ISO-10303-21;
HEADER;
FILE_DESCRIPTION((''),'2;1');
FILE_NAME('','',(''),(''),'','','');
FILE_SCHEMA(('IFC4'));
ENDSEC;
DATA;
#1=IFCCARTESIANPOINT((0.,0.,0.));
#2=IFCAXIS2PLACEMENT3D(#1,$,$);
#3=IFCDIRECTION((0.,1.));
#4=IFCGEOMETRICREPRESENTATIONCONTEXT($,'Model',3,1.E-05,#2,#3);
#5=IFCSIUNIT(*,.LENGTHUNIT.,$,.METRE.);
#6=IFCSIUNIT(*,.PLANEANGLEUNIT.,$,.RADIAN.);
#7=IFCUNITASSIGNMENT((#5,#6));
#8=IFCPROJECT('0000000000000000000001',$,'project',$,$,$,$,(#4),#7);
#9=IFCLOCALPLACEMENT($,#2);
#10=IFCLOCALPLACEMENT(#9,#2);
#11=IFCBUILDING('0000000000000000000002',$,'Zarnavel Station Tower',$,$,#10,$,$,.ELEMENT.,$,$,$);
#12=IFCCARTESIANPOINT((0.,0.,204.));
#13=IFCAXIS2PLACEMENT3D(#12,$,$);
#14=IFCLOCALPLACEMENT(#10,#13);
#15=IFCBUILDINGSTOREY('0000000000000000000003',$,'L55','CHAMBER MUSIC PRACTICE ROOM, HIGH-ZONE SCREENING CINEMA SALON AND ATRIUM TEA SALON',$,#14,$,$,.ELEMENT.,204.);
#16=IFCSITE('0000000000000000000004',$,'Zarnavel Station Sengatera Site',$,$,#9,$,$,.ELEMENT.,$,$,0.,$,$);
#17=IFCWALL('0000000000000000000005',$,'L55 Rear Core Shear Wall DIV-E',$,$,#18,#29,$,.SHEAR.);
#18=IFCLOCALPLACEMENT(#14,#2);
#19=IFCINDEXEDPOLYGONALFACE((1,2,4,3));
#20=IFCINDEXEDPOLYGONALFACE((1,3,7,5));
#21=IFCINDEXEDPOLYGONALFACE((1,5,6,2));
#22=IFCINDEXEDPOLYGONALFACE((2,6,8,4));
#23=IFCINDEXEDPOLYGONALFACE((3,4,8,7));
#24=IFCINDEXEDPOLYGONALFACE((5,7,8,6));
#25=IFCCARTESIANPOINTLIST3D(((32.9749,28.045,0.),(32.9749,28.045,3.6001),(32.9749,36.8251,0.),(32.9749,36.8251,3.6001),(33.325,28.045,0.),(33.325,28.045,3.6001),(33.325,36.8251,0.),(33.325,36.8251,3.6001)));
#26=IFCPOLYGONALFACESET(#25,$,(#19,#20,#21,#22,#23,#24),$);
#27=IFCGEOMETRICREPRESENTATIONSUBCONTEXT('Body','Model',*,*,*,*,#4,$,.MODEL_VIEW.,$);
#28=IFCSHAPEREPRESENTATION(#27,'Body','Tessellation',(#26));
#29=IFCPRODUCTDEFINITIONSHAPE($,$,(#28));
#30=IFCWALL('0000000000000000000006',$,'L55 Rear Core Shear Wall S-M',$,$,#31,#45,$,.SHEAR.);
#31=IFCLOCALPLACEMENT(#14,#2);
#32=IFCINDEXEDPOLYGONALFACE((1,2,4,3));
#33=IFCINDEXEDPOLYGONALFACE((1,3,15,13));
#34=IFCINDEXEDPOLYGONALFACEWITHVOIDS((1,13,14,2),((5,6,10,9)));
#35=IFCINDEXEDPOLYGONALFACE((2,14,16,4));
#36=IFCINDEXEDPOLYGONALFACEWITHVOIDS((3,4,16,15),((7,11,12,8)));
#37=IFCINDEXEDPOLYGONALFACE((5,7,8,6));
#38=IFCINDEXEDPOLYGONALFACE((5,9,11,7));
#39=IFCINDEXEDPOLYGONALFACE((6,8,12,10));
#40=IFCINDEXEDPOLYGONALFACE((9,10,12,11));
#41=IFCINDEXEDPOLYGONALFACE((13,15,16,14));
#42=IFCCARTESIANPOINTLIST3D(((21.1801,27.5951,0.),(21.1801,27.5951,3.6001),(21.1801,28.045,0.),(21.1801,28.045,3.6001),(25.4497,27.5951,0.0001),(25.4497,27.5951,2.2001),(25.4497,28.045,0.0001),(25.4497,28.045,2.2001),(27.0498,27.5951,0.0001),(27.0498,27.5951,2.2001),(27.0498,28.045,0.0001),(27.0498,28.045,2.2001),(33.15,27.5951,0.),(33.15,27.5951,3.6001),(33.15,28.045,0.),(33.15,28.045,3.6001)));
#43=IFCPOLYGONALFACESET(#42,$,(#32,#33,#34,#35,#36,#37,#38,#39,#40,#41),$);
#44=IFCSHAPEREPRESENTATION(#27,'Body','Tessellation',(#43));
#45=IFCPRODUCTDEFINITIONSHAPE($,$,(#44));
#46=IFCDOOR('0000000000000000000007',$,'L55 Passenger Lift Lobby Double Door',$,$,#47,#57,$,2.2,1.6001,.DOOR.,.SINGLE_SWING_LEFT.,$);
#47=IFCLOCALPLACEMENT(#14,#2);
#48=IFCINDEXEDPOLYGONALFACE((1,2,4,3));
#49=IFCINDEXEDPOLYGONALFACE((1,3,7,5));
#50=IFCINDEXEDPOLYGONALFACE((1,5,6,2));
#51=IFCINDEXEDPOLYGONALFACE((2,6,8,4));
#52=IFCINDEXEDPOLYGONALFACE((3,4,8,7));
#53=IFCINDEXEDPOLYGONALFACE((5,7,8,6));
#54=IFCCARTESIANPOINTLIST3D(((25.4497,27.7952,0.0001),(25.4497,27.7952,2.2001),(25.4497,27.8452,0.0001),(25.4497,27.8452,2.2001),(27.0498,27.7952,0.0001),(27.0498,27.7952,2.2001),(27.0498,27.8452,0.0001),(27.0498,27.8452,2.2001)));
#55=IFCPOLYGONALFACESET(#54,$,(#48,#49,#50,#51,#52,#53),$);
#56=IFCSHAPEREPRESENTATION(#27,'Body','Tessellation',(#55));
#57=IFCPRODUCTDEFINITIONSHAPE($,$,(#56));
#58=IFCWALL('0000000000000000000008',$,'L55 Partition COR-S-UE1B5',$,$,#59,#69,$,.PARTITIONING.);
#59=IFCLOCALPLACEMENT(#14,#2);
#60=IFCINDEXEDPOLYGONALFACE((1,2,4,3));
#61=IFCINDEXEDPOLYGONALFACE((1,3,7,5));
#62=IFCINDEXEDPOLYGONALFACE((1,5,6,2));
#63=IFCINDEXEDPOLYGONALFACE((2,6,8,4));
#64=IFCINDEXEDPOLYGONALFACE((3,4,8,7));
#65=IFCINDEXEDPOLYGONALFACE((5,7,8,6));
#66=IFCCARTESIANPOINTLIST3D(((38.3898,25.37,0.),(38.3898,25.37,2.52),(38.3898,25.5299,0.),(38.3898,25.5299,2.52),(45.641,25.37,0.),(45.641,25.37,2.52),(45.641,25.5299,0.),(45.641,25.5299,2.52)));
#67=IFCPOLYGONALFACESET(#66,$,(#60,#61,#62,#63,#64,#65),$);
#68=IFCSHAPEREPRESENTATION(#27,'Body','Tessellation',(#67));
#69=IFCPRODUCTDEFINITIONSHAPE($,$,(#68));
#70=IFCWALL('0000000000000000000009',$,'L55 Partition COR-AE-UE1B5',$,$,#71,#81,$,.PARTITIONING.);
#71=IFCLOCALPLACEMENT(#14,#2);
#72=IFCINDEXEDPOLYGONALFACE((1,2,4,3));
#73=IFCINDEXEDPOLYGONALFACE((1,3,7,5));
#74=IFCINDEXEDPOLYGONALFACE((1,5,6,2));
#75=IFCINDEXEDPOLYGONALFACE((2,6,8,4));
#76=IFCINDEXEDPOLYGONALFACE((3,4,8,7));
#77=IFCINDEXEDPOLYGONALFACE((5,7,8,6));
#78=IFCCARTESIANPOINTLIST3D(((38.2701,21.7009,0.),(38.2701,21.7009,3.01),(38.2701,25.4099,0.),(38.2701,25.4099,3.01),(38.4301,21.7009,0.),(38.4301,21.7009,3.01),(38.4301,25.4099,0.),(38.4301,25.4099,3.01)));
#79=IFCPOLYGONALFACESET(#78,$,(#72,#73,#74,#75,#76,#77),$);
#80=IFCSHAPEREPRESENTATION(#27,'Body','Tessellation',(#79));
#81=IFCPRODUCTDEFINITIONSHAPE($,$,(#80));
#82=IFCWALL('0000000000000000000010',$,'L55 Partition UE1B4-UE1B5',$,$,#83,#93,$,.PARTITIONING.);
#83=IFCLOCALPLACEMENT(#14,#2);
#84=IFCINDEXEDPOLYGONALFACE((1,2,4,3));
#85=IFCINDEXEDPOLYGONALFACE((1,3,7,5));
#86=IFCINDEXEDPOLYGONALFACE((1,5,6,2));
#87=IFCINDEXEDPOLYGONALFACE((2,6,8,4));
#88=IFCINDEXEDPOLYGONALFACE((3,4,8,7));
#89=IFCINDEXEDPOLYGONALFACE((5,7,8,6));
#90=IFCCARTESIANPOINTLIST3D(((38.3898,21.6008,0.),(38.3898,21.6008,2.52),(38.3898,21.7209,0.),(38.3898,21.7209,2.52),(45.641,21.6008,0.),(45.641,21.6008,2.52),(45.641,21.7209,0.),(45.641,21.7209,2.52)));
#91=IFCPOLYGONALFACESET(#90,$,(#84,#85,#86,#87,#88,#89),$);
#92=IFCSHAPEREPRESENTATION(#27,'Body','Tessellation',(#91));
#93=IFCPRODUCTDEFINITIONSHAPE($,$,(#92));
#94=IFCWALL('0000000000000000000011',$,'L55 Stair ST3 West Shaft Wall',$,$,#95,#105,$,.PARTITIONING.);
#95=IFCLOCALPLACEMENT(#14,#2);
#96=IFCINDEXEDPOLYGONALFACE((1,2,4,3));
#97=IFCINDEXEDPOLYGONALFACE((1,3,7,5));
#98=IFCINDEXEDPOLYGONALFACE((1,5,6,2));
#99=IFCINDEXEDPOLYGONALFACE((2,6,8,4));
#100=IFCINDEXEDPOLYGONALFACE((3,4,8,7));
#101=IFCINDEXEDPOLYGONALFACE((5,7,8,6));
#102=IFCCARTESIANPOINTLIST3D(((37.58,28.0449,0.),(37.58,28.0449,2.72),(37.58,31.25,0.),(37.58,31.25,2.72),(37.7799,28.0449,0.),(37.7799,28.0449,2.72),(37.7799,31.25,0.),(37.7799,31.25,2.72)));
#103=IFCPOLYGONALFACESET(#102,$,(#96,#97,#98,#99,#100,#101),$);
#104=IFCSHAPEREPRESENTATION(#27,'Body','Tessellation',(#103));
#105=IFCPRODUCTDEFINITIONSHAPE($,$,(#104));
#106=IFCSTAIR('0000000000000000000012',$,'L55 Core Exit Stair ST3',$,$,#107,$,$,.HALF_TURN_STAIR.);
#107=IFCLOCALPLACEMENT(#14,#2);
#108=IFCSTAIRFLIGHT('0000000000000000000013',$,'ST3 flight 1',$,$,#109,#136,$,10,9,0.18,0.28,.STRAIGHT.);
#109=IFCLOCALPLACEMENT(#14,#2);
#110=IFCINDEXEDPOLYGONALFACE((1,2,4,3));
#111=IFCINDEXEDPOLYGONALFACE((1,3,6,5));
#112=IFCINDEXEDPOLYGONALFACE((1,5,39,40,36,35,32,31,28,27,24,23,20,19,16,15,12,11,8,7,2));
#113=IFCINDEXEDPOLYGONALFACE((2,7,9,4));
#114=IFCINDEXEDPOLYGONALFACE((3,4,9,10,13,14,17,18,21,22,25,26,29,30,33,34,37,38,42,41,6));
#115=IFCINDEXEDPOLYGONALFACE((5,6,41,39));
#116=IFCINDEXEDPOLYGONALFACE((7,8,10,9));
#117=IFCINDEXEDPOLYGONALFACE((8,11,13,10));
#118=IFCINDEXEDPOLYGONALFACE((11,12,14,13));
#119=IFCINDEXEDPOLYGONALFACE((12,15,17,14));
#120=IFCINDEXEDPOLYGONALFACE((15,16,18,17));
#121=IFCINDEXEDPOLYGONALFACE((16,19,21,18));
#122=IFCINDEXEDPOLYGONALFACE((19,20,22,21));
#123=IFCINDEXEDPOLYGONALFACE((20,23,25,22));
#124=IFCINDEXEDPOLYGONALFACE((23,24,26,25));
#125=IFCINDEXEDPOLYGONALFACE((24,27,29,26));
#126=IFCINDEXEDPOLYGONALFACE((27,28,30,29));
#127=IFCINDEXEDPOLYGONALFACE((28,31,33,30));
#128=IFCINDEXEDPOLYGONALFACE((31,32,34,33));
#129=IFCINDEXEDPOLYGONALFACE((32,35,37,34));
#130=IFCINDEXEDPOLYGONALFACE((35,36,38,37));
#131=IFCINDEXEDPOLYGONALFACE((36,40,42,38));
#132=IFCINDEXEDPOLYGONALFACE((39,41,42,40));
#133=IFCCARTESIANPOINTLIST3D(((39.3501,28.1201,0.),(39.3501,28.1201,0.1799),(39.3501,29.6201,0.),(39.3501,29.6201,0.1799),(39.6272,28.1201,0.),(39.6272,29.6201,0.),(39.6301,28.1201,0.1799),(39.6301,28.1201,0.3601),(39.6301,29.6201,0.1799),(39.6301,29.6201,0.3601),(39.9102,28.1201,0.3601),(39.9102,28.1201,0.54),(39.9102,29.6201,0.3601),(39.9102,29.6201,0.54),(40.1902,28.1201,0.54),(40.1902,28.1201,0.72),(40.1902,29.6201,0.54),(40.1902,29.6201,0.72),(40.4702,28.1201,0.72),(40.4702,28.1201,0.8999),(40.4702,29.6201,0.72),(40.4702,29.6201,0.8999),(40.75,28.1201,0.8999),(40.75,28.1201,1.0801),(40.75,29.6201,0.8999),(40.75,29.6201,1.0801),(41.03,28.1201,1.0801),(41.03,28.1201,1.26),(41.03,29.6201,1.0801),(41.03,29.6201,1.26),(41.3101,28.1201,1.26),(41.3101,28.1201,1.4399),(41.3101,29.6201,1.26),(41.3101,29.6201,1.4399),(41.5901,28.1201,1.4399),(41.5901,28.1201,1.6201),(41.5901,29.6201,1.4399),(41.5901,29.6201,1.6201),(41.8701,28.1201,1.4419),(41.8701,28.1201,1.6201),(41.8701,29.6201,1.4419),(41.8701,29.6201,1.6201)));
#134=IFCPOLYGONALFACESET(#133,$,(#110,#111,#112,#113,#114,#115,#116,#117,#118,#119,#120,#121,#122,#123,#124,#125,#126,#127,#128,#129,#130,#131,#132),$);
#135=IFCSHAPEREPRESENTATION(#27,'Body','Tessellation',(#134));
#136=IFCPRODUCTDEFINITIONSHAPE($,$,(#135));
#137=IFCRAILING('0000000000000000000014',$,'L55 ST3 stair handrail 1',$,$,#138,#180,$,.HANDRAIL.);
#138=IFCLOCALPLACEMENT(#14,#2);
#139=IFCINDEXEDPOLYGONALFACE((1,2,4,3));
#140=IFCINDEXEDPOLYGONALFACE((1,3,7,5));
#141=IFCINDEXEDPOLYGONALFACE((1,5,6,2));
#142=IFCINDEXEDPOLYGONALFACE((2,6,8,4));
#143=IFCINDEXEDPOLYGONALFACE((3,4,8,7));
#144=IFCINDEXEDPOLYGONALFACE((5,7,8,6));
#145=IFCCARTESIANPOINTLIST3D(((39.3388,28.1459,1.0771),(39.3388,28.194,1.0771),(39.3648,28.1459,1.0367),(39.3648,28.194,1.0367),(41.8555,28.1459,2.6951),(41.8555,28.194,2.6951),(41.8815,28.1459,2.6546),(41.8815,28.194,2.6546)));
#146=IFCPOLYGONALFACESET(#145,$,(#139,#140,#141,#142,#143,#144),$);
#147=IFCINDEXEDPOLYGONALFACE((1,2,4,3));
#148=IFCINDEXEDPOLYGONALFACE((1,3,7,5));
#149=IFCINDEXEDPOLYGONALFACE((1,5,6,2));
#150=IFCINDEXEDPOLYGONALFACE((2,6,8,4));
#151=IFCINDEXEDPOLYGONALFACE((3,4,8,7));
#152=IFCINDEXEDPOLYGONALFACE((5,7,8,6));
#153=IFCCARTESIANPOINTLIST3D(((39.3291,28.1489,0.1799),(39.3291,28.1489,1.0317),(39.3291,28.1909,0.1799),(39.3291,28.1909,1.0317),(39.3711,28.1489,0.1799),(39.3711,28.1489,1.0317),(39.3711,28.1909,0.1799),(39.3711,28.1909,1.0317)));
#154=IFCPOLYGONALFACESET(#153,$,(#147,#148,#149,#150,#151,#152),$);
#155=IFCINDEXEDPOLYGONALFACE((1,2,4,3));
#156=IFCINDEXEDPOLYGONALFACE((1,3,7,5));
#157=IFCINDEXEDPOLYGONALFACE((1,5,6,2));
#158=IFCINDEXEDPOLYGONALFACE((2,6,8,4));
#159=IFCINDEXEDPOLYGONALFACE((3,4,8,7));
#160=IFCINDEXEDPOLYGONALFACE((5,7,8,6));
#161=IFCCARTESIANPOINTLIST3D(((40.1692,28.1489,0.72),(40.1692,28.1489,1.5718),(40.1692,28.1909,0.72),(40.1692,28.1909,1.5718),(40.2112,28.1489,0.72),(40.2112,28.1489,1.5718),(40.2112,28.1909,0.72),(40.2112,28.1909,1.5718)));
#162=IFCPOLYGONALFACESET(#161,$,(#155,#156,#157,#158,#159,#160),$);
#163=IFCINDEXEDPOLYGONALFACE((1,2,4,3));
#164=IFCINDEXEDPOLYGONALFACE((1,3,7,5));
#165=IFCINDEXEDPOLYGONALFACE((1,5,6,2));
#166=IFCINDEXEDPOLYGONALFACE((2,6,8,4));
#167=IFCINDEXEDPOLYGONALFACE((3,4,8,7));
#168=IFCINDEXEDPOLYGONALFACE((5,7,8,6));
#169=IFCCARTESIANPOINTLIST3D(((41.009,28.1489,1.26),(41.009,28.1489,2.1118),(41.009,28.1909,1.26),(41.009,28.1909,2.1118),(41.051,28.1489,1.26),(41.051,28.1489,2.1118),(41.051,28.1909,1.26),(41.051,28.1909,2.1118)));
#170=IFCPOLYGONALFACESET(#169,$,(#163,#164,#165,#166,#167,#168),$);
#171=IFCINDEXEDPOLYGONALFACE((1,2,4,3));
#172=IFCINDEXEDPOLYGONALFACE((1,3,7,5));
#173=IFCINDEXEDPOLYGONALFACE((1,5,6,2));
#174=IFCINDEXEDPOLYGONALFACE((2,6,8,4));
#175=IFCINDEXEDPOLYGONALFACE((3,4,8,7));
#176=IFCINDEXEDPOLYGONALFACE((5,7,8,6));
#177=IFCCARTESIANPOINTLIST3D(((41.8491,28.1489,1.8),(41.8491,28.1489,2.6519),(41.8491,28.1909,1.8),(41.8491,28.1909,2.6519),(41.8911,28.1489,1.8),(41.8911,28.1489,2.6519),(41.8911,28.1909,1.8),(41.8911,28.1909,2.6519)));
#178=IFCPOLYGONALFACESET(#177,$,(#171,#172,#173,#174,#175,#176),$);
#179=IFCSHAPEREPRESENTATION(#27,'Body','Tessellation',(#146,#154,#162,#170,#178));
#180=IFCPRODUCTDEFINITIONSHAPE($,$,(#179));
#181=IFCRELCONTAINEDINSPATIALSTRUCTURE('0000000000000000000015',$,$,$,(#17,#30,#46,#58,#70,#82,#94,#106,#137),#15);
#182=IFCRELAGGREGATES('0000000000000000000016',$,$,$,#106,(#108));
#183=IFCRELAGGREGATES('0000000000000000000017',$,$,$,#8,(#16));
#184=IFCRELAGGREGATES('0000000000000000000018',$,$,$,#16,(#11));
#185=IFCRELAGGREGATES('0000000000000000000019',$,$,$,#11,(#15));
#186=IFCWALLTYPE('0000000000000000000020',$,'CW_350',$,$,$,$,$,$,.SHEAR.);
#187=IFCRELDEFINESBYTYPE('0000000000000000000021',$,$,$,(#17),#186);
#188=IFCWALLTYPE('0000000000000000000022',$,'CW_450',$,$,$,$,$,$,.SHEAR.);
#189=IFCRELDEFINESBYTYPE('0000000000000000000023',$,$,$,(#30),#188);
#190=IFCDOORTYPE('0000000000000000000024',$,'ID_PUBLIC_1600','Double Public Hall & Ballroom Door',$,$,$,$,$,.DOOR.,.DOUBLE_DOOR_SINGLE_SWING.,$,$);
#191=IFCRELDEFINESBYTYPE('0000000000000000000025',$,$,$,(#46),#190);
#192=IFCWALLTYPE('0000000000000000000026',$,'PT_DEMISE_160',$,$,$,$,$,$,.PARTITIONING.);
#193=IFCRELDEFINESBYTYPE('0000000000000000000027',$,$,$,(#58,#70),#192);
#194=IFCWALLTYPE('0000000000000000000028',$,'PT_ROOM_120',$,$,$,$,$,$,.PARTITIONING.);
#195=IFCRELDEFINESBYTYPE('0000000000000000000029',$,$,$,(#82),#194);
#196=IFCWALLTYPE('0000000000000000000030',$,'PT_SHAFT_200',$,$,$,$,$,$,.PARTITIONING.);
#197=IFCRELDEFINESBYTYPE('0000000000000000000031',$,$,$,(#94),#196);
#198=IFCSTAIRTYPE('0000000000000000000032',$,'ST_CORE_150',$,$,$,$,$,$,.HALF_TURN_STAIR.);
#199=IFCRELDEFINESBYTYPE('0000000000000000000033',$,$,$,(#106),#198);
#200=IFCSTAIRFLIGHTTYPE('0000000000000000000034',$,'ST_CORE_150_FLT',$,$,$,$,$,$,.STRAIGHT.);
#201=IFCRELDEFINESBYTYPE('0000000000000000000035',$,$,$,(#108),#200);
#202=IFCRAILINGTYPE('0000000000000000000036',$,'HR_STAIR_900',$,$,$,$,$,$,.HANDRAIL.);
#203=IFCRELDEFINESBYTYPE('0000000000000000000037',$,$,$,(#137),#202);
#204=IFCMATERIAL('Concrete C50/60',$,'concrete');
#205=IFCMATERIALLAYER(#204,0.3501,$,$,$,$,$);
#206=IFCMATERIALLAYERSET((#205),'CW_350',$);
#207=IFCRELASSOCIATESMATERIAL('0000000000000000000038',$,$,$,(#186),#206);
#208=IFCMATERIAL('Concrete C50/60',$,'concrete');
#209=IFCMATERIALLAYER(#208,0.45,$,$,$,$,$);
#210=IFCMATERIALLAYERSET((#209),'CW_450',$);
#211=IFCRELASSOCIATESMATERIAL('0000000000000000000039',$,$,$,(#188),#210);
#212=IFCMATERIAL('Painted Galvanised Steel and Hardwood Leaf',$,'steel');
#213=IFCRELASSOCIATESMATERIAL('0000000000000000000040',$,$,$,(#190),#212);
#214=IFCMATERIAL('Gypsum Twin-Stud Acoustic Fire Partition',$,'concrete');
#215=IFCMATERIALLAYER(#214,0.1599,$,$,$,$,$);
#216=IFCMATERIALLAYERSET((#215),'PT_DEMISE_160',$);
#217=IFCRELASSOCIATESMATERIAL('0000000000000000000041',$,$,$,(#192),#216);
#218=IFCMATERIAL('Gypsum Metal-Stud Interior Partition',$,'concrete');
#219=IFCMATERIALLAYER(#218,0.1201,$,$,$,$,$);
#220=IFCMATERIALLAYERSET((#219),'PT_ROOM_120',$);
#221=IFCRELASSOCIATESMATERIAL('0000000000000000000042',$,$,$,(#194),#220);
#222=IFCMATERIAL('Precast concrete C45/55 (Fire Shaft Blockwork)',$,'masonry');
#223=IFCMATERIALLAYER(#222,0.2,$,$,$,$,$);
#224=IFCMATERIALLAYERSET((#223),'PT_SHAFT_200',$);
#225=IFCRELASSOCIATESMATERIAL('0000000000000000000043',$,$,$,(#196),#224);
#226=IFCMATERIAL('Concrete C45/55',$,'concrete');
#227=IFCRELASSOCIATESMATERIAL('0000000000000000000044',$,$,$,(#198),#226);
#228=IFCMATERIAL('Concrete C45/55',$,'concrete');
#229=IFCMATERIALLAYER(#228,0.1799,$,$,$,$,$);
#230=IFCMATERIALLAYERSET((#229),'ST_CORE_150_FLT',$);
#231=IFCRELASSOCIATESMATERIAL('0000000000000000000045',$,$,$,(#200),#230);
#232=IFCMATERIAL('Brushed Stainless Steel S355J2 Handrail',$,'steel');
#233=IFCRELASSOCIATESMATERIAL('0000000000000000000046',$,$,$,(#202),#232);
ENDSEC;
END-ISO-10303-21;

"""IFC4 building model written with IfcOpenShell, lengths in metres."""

from ifc_helpers import new_model, si_unit, direction, frame, frame_2d, origin, origin_2d, place, context, subcontext, project, spatial, polyline, rectangle, outline, extrude, material, layer, layer_set, type_object, element, fill, aggregate, save


model = new_model("IFC4")

# Units and contexts
model_context = context("Model", 3, precision=1e-05, world=origin(), true_north=direction((0.0, 1.0)))
body_context = subcontext(model_context, "Body", "Model", "MODEL_VIEW")
ifc_project = project(units=[si_unit("LENGTHUNIT", "METRE"), si_unit("PLANEANGLEUNIT", "RADIAN")], contexts=[model_context])

# Site, building, storey
site_placement = place(None, origin())
site = spatial("IfcSite", under=ifc_project, at=site_placement, Name="Zarnavel Station Sengatera Site", CompositionType="ELEMENT", RefElevation=0.0)
building_placement = place(site_placement, origin())
building = spatial("IfcBuilding", under=site, at=building_placement, Name="Zarnavel Station Tower", CompositionType="ELEMENT")
storey_placement = place(building_placement, frame((0.0, 0.0, 204.0)))
storey = spatial("IfcBuildingStorey", under=building, at=storey_placement, Name="L55", Description="CHAMBER MUSIC PRACTICE ROOM, HIGH-ZONE SCREENING CINEMA SALON AND ATRIUM TEA SALON", CompositionType="ELEMENT", Elevation=204.0)

# Wall
ifc_material_1 = material(Name="Concrete C50/60", Category="concrete")
ifc_layer_1 = layer(ifc_material_1, 0.3501)
ifc_layer_set_1 = layer_set([ifc_layer_1], Name="CW_350")
wall_type_1 = type_object("IfcWallType", Name="CW_350", PredefinedType="SHEAR", material=ifc_layer_set_1)
wall_1_placement = place(storey_placement, frame((33.1499, 28.0449, 0.0), z_axis=(0.0, 0.0, 1.0), x_axis=(0.0, 1.0, 0.0)))
element("IfcWall", 1, at=wall_1_placement, inside=storey, type_object=wall_type_1, Name="L55 Rear Core Shear Wall DIV-E", PredefinedType="SHEAR", context=body_context, shape_type="SweptSolid", body=[
    extrude(rectangle(XDim=8.78, YDim=0.3501, at=frame_2d((4.3901, 0.0))), origin(), (0.0, 0.0, 1.0), 3.6001),
])

# Wall, opening, door
ifc_material_2 = material(Name="Concrete C50/60", Category="concrete")
ifc_layer_2 = layer(ifc_material_2, 0.45)
ifc_layer_set_2 = layer_set([ifc_layer_2], Name="CW_450")
wall_type_2 = type_object("IfcWallType", Name="CW_450", PredefinedType="SHEAR", material=ifc_layer_set_2)
wall_2_placement = place(storey_placement, frame((33.1499, 27.8201, 0.0), z_axis=(0.0, 0.0, 1.0), x_axis=(-1.0, 0.0, 0.0)))
wall_2 = element("IfcWall", 2, at=wall_2_placement, inside=storey, type_object=wall_type_2, Name="L55 Rear Core Shear Wall S-M", PredefinedType="SHEAR", context=body_context, shape_type="SweptSolid", body=[
    extrude(rectangle(XDim=11.97, YDim=0.45, at=frame_2d((5.9849, 0.0))), origin(), (0.0, 0.0, 1.0), 3.6001),
])
opening_1_placement = place(wall_2_placement, frame((6.1001, 0.0, 0.0)))
opening_1 = element("IfcOpeningElement", 3, at=opening_1_placement, cuts=wall_2, PredefinedType="OPENING", context=body_context, shape_type="SweptSolid", body=[
    extrude(rectangle(XDim=1.6001, YDim=2.2, at=frame_2d((0.8, 1.1001))), frame((0.0, 0.2349, 0.0), z_axis=(0.0, -1.0, 0.0), x_axis=(1.0, 0.0, 0.0)), (0.0, 0.0, 1.0), 0.47),
])
ifc_material_3 = material(Name="Painted Galvanised Steel and Hardwood Leaf", Category="steel")
door_type_1 = type_object("IfcDoorType", Name="ID_PUBLIC_1600", Description="Double Public Hall & Ballroom Door", OperationType="DOUBLE_DOOR_SINGLE_SWING", PredefinedType="DOOR", material=ifc_material_3)
door_1_placement = place(opening_1_placement, origin())
door_1 = element("IfcDoor", 4, at=door_1_placement, inside=storey, type_object=door_type_1, Name="L55 Passenger Lift Lobby Double Door", OperationType="SINGLE_SWING_LEFT", OverallHeight=2.2, OverallWidth=1.6001, PredefinedType="DOOR", context=body_context, shape_type="SweptSolid", body=[
    extrude(rectangle(XDim=1.6001, YDim=2.2, at=frame_2d((0.8, 1.1001))), frame((0.0, 0.0249, 0.0), z_axis=(0.0, -1.0, 0.0), x_axis=(1.0, 0.0, 0.0)), (0.0, 0.0, 1.0), 0.05),
])
fill(opening_1, door_1)

# Walls
ifc_material_4 = material(Name="Gypsum Twin-Stud Acoustic Fire Partition", Category="concrete")
ifc_layer_3 = layer(ifc_material_4, 0.1599)
ifc_layer_set_3 = layer_set([ifc_layer_3], Name="PT_DEMISE_160")
wall_type_3 = type_object("IfcWallType", Name="PT_DEMISE_160", PredefinedType="PARTITIONING", material=ifc_layer_set_3)
wall_3_placement = place(storey_placement, frame((38.3899, 25.45, 0.0), z_axis=(0.0, 0.0, 1.0), x_axis=(1.0, 0.0, 0.0)))
element("IfcWall", 5, at=wall_3_placement, inside=storey, type_object=wall_type_3, Name="L55 Partition COR-S-UE1B5", PredefinedType="PARTITIONING", context=body_context, shape_type="SweptSolid", body=[
    extrude(rectangle(XDim=7.2512, YDim=0.1599, at=frame_2d((3.6255, 0.0))), origin(), (0.0, 0.0, 1.0), 2.52),
])
wall_4_placement = place(storey_placement, frame((38.3501, 21.7009, 0.0), z_axis=(0.0, 0.0, 1.0), x_axis=(0.0, 1.0, 0.0)))
element("IfcWall", 6, at=wall_4_placement, inside=storey, type_object=wall_type_3, Name="L55 Partition COR-AE-UE1B5", PredefinedType="PARTITIONING", context=body_context, shape_type="SweptSolid", body=[
    extrude(rectangle(XDim=3.709, YDim=0.1599, at=frame_2d((1.8545, 0.0))), origin(), (0.0, 0.0, 1.0), 3.01),
])
ifc_material_5 = material(Name="Gypsum Metal-Stud Interior Partition", Category="concrete")
ifc_layer_4 = layer(ifc_material_5, 0.1201)
ifc_layer_set_4 = layer_set([ifc_layer_4], Name="PT_ROOM_120")
wall_type_4 = type_object("IfcWallType", Name="PT_ROOM_120", PredefinedType="PARTITIONING", material=ifc_layer_set_4)
wall_5_placement = place(storey_placement, frame((38.3899, 21.6609, 0.0), z_axis=(0.0, 0.0, 1.0), x_axis=(1.0, 0.0, 0.0)))
element("IfcWall", 7, at=wall_5_placement, inside=storey, type_object=wall_type_4, Name="L55 Partition UE1B4-UE1B5", PredefinedType="PARTITIONING", context=body_context, shape_type="SweptSolid", body=[
    extrude(rectangle(XDim=7.2512, YDim=0.1201, at=frame_2d((3.6255, 0.0))), origin(), (0.0, 0.0, 1.0), 2.52),
])
ifc_material_6 = material(Name="Precast concrete C45/55 (Fire Shaft Blockwork)", Category="masonry")
ifc_layer_5 = layer(ifc_material_6, 0.2)
ifc_layer_set_5 = layer_set([ifc_layer_5], Name="PT_SHAFT_200")
wall_type_5 = type_object("IfcWallType", Name="PT_SHAFT_200", PredefinedType="PARTITIONING", material=ifc_layer_set_5)
wall_6_placement = place(storey_placement, frame((37.6799, 28.0449, 0.0), z_axis=(0.0, 0.0, 1.0), x_axis=(0.0, 1.0, 0.0)))
element("IfcWall", 8, at=wall_6_placement, inside=storey, type_object=wall_type_5, Name="L55 Stair ST3 West Shaft Wall", PredefinedType="PARTITIONING", context=body_context, shape_type="SweptSolid", body=[
    extrude(rectangle(XDim=3.2051, YDim=0.2, at=frame_2d((1.6025, 0.0))), origin(), (0.0, 0.0, 1.0), 2.72),
])

# Stair, stair flight
ifc_material_7 = material(Name="Concrete C45/55", Category="concrete")
stair_type = type_object("IfcStairType", Name="ST_CORE_150", PredefinedType="HALF_TURN_STAIR", material=ifc_material_7)
stair_placement = place(storey_placement, origin())
stair = element("IfcStair", 9, at=stair_placement, inside=storey, type_object=stair_type, Name="L55 Core Exit Stair ST3", PredefinedType="HALF_TURN_STAIR")
ifc_material_8 = material(Name="Concrete C45/55", Category="concrete")
ifc_layer_6 = layer(ifc_material_8, 0.1799)
ifc_layer_set_6 = layer_set([ifc_layer_6], Name="ST_CORE_150_FLT")
stair_flight_type = type_object("IfcStairFlightType", Name="ST_CORE_150_FLT", PredefinedType="STRAIGHT", material=ifc_layer_set_6)
stair_flight_placement = place(storey_placement, frame((39.3501, 28.8701, 0.0), z_axis=(0.0, 0.0, 1.0), x_axis=(1.0, 0.0, 0.0)))
stair_flight = element("IfcStairFlight", 10, at=stair_flight_placement, type_object=stair_flight_type, Name="ST3 flight 1", NumberOfRisers=10, NumberOfTreads=9, PredefinedType="STRAIGHT", RiserHeight=0.18, TreadLength=0.28, context=body_context, shape_type="SweptSolid", body=[
    extrude(outline(polyline([(0.0, 0.0), (0.0, 0.1799), (0.28, 0.1799), (0.28, 0.3601), (0.5601, 0.3601), (0.5601, 0.54), (0.8401, 0.54), (0.8401, 0.72), (1.1201, 0.72), (1.1201, 0.8999), (1.3999, 0.8999), (1.3999, 1.0801), (1.6799, 1.0801), (1.6799, 1.26), (1.96, 1.26), (1.96, 1.4399), (2.24, 1.4399), (2.24, 1.6201), (2.52, 1.6201), (2.52, 1.8), (2.52, 1.4419), (0.2771, 0.0), (0.0, 0.0)])), frame((0.0, 0.75, 0.0), z_axis=(0.0, -1.0, 0.0), x_axis=(1.0, 0.0, 0.0)), (0.0, 0.0, 1.0), 1.5),
])
aggregate(stair, [stair_flight])

# Railing
ifc_material_9 = material(Name="Brushed Stainless Steel S355J2 Handrail", Category="steel")
railing_type = type_object("IfcRailingType", Name="HR_STAIR_900", PredefinedType="HANDRAIL", material=ifc_material_9)
railing_placement = place(storey_placement, frame((39.3501, 28.1699, 0.1799)))
element("IfcRailing", 11, at=railing_placement, inside=storey, type_object=railing_type, Name="L55 ST3 stair handrail 1", PredefinedType="HANDRAIL", context=body_context, shape_type="SweptSolid", body=[
    extrude(rectangle(XDim=0.0481, YDim=0.0481, at=origin_2d()), frame((0.0017, 0.0, 0.877), z_axis=(0.841163, 0.0, 0.540782), x_axis=(0.0, 1.0, 0.0)), (0.0, 0.0, 1.0), 2.9919),
    extrude(rectangle(XDim=0.042, YDim=0.042, at=origin_2d()), origin(), (0.0, 0.0, 1.0), 0.8518),
    extrude(rectangle(XDim=0.042, YDim=0.042, at=origin_2d()), frame((0.8401, 0.0, 0.54)), (0.0, 0.0, 1.0), 0.8518),
    extrude(rectangle(XDim=0.042, YDim=0.042, at=origin_2d()), frame((1.6799, 0.0, 1.0801)), (0.0, 0.0, 1.0), 0.8518),
    extrude(rectangle(XDim=0.042, YDim=0.042, at=origin_2d()), frame((2.52, 0.0, 1.6201)), (0.0, 0.0, 1.0), 0.8518),
])

save(model, "model.ifc")
